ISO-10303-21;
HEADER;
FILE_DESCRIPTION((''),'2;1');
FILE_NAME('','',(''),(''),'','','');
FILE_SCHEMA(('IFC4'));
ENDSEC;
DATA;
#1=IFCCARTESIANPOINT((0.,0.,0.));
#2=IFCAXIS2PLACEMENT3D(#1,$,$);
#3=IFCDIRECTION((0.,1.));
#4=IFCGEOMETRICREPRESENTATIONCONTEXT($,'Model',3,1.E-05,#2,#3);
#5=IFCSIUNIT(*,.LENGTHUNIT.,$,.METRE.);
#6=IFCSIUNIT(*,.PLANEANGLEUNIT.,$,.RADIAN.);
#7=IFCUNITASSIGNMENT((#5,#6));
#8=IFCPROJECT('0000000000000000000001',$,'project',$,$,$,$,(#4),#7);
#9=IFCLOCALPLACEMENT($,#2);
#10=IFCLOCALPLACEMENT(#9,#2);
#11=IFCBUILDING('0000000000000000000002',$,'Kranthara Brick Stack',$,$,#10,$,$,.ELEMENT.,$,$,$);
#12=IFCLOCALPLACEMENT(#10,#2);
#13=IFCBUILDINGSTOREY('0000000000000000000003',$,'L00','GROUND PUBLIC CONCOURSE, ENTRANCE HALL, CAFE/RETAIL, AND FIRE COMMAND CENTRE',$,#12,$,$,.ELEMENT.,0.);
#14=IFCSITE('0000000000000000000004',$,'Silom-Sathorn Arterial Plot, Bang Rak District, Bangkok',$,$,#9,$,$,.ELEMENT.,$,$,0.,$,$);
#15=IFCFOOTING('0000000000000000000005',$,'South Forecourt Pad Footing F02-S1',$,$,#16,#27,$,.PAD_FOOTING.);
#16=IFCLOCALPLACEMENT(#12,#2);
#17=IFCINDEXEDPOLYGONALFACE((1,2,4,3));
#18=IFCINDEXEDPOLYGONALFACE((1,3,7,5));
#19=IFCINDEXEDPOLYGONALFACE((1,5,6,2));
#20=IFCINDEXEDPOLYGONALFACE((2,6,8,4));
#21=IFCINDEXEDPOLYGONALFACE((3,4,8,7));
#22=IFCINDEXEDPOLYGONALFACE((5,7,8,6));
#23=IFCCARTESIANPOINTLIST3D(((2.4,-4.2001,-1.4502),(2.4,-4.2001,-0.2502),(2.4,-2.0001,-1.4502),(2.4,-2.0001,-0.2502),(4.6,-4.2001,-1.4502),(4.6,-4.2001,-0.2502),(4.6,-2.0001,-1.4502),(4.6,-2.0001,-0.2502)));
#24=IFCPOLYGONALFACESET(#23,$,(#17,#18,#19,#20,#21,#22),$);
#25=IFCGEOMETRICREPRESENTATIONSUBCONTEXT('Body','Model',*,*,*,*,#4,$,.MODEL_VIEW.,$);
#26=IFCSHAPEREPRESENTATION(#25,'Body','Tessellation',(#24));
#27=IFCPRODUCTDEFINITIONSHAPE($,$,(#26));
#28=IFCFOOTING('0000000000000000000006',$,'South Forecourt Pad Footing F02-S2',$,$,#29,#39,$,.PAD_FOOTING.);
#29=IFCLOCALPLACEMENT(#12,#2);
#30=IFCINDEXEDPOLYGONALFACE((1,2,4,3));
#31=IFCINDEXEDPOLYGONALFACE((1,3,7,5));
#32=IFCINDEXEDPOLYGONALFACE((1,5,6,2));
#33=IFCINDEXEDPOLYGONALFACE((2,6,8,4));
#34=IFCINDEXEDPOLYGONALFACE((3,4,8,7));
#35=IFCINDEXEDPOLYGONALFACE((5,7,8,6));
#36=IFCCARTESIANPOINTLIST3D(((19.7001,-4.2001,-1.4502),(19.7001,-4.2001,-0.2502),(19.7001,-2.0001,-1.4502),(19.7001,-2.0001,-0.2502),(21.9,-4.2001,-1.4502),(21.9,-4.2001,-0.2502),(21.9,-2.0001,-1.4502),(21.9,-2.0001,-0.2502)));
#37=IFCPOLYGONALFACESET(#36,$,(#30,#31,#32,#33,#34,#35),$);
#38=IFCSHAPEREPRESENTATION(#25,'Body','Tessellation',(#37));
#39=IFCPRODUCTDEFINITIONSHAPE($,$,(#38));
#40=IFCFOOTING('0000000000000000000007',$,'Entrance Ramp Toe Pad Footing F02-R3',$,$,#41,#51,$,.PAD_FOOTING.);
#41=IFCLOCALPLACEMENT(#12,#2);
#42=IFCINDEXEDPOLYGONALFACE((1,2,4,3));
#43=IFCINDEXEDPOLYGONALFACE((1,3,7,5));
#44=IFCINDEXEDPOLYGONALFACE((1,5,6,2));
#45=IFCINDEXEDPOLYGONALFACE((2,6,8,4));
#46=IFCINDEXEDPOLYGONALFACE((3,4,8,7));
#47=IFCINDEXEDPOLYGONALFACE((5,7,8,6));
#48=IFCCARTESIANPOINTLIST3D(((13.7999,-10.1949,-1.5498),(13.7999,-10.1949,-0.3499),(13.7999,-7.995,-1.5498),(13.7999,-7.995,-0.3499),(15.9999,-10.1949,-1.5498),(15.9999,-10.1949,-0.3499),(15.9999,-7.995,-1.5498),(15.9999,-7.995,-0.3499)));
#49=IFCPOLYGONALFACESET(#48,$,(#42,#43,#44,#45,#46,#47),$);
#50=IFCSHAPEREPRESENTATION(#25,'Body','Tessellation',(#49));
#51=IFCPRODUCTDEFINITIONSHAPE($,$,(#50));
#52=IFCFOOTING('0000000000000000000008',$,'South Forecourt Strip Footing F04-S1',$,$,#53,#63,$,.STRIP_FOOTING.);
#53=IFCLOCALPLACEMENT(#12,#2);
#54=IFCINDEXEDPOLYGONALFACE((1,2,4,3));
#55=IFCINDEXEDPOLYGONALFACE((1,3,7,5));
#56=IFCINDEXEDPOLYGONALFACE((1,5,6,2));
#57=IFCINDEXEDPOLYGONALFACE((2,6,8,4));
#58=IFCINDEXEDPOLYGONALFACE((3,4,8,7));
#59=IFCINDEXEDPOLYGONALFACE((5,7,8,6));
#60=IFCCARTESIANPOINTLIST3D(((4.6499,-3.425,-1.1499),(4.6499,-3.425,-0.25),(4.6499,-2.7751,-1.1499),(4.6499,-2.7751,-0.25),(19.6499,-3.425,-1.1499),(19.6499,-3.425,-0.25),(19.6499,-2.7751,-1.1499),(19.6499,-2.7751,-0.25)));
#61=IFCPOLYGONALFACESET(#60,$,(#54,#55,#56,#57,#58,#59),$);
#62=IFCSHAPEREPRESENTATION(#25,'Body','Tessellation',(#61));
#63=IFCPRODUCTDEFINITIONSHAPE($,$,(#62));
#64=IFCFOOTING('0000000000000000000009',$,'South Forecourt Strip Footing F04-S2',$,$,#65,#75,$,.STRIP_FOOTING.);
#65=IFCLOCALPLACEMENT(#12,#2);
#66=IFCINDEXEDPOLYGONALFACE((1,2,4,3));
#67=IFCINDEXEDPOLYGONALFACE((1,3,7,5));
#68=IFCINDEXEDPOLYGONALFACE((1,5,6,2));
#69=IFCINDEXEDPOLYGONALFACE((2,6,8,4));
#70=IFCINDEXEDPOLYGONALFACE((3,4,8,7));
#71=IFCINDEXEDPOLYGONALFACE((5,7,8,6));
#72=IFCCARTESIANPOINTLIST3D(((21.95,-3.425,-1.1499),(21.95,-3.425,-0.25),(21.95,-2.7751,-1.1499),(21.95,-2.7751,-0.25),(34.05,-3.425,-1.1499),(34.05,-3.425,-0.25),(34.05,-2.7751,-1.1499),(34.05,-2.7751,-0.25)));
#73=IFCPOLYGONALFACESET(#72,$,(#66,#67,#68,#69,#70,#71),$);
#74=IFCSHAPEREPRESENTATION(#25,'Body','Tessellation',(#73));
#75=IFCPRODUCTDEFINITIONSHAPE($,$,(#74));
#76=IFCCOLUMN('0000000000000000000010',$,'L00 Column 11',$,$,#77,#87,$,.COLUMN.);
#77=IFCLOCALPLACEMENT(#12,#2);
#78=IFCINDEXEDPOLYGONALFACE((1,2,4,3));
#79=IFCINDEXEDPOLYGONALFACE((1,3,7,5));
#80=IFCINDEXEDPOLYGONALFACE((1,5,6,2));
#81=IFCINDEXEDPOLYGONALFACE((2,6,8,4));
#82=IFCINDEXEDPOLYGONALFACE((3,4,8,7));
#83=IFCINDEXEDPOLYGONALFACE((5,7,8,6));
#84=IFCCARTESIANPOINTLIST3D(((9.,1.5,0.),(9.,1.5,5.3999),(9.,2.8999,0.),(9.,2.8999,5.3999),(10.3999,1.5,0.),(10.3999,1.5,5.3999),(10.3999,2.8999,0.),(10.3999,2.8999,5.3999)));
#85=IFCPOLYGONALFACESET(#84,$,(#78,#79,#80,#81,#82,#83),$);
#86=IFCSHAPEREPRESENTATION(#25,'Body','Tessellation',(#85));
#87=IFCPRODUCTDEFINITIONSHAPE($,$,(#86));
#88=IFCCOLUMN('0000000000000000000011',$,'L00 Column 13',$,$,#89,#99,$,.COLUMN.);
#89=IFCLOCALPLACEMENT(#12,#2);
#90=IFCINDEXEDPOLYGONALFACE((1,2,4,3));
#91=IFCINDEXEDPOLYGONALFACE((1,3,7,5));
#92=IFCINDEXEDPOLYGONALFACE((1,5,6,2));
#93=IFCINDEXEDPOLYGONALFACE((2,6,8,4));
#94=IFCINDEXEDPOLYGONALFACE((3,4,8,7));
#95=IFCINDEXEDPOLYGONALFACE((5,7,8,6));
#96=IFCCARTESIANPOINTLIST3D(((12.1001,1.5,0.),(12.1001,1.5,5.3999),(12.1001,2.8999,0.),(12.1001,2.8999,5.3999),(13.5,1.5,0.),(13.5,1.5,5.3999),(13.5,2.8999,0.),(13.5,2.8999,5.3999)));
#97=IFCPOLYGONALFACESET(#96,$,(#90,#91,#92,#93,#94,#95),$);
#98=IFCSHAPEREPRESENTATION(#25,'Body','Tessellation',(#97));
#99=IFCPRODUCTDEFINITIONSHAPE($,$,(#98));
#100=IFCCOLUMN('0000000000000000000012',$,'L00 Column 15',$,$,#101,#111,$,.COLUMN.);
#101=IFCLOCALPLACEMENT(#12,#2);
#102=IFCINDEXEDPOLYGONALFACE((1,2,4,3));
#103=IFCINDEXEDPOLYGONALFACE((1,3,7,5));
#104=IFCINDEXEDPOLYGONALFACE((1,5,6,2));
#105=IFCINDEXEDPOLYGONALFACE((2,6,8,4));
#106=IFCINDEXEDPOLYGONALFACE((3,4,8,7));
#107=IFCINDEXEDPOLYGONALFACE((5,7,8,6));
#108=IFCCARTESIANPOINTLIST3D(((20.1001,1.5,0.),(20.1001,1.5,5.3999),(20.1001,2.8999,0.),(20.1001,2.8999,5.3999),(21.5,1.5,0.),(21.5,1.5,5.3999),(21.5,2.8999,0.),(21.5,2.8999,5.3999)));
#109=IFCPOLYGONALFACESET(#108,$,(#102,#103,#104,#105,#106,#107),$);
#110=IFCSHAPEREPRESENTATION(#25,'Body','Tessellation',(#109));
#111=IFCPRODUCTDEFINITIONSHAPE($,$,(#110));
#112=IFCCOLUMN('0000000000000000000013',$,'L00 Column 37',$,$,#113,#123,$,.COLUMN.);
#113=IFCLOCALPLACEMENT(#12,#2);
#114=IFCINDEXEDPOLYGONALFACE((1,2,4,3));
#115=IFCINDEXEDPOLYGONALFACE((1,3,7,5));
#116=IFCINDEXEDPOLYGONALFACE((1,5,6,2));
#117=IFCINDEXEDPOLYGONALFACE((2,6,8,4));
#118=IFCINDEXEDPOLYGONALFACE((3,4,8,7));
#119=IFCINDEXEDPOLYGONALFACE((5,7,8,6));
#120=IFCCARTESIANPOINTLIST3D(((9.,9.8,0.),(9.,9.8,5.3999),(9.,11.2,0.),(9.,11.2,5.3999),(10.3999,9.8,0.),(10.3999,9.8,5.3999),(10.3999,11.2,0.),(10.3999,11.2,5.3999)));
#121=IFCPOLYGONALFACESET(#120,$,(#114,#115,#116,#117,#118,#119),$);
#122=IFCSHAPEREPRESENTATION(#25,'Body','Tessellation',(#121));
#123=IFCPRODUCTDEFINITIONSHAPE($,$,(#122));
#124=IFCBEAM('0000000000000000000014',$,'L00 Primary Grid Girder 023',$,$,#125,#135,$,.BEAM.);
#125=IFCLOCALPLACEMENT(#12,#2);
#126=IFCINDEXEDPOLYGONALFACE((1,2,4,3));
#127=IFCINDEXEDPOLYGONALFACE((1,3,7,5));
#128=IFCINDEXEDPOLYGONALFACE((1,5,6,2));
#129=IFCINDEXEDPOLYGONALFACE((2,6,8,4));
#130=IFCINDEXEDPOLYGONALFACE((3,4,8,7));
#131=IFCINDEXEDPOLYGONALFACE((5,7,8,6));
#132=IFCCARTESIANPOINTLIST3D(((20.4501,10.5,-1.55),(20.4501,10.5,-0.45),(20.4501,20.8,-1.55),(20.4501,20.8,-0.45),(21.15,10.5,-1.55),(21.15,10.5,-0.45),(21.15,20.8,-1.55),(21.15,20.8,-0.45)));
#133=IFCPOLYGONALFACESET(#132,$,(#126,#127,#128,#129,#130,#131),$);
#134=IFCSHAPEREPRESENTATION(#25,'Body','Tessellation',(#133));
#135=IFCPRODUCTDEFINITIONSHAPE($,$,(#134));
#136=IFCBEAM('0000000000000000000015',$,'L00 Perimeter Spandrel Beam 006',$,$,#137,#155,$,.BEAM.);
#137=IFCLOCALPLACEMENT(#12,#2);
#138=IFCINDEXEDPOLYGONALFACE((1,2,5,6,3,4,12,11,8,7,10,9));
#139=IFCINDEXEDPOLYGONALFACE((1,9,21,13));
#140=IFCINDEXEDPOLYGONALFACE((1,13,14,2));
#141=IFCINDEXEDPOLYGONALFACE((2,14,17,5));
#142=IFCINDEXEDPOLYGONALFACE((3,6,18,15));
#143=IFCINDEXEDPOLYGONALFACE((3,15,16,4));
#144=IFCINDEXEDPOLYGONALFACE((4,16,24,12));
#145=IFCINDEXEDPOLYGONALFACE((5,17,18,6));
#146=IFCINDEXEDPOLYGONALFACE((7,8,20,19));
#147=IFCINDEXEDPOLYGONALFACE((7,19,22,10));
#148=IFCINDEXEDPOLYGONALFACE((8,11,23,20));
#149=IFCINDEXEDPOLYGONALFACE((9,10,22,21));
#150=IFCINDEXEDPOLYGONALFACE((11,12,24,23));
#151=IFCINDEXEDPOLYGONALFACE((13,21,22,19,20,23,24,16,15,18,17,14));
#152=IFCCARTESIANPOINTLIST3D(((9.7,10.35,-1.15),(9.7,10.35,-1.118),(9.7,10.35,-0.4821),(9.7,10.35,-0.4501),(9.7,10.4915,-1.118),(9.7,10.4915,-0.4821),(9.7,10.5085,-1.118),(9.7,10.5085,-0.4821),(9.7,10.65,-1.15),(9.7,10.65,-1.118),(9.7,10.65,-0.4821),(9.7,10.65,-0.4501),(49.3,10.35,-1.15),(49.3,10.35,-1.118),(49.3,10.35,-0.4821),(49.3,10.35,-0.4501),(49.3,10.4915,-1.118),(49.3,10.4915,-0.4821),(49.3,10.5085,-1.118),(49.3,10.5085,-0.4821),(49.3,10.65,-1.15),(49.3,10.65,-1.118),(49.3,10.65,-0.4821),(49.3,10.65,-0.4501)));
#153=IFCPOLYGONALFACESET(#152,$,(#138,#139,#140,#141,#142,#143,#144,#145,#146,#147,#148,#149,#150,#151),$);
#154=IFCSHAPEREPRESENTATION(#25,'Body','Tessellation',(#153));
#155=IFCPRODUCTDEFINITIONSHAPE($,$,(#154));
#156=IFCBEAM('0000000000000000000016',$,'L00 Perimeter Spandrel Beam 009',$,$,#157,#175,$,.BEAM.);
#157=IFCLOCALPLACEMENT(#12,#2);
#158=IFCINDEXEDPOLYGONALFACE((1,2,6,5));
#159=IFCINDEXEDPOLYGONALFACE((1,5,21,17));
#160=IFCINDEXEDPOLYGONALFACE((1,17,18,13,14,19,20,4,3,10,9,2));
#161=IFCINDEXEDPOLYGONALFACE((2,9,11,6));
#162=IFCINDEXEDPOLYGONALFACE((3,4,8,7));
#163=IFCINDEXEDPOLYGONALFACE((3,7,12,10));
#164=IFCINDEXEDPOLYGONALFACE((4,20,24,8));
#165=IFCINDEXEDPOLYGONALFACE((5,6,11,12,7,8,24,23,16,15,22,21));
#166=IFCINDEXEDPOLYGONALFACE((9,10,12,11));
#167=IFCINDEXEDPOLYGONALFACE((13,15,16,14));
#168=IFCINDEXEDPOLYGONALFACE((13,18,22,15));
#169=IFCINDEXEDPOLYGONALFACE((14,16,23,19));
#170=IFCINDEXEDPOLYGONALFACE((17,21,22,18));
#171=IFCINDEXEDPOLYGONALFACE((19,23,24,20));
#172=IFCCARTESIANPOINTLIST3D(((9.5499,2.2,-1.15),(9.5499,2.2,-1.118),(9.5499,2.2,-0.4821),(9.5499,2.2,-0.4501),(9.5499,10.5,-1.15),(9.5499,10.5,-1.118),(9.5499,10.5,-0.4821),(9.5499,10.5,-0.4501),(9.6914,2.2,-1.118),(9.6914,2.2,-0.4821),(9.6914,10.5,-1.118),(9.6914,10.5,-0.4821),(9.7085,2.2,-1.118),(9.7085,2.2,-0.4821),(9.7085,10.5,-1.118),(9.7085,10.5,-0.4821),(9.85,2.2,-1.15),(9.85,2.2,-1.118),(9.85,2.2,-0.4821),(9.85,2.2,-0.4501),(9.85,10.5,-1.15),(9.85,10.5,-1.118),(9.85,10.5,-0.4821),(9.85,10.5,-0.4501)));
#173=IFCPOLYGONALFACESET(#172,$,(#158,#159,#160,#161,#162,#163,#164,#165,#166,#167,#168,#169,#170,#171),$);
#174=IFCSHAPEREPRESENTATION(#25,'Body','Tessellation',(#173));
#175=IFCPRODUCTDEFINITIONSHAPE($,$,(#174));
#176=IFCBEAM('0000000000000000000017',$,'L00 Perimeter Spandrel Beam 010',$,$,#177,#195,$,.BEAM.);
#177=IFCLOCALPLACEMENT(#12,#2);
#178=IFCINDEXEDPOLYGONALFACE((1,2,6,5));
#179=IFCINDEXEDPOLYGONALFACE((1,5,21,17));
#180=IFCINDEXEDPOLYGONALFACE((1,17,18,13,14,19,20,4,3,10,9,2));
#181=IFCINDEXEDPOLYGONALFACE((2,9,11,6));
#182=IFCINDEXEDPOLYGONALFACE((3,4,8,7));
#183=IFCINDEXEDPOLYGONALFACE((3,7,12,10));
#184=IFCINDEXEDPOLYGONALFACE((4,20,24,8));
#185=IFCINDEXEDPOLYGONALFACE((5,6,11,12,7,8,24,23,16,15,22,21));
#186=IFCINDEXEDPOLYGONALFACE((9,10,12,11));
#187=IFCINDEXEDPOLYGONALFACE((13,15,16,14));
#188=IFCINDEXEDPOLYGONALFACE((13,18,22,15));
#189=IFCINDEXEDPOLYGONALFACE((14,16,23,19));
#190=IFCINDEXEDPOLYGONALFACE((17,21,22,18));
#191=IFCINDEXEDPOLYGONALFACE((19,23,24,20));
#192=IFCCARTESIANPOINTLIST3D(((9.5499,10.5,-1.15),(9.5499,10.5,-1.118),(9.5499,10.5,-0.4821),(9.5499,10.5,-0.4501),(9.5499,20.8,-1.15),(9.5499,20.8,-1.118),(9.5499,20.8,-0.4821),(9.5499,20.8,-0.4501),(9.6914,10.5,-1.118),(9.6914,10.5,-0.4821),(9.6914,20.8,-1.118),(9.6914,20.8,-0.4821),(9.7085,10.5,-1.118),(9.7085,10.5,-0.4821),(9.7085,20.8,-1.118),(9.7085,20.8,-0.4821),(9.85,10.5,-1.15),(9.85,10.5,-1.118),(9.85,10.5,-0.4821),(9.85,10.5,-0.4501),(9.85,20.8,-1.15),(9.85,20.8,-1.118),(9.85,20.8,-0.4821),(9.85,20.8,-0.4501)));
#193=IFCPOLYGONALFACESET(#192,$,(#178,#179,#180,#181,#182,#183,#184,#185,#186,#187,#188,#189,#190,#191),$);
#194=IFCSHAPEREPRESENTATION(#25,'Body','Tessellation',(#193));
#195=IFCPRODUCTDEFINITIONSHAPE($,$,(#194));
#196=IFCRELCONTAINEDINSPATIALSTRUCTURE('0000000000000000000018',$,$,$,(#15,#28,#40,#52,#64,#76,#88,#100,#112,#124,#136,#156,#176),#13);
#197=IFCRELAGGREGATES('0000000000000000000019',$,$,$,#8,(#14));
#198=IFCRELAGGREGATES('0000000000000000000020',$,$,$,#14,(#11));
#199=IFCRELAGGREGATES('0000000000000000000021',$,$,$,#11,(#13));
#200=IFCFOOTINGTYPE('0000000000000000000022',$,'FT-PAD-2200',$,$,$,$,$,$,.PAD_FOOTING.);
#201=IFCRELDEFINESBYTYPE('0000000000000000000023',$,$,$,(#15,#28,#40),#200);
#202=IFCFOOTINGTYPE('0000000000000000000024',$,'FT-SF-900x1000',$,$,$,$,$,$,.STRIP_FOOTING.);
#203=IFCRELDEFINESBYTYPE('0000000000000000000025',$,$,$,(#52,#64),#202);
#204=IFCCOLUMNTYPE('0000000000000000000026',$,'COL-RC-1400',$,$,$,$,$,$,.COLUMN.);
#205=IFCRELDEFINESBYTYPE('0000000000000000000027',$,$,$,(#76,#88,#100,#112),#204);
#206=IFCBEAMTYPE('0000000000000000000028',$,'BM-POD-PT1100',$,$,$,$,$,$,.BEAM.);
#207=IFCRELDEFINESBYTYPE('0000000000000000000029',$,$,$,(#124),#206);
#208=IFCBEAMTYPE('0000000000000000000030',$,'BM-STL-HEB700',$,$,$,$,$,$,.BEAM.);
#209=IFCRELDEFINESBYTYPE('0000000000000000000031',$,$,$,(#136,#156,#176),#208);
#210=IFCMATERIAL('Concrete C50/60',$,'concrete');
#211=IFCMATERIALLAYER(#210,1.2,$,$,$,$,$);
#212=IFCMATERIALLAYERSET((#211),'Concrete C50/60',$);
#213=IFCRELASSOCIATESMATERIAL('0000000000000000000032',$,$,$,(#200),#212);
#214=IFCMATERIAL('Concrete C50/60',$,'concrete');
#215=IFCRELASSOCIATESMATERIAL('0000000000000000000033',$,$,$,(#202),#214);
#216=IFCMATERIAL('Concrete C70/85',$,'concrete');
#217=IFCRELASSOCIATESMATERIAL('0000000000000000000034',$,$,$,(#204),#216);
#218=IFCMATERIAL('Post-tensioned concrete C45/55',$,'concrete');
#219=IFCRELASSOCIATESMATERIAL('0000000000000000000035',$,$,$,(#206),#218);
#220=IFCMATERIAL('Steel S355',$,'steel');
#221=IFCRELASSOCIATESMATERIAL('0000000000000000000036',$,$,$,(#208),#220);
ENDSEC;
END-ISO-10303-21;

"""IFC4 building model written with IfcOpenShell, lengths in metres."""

from ifc_helpers import new_model, si_unit, direction, frame, origin, origin_2d, place, context, subcontext, project, spatial, rectangle, i_section, extrude, material, layer, layer_set, material_profile, profile_set, type_object, element, save


model = new_model("IFC4")

# Units and contexts
model_context = context("Model", 3, precision=1e-05, world=origin(), true_north=direction((0.0, 1.0)))
body_context = subcontext(model_context, "Body", "Model", "MODEL_VIEW")
ifc_project = project(units=[si_unit("LENGTHUNIT", "METRE"), si_unit("PLANEANGLEUNIT", "RADIAN")], contexts=[model_context])

# Site, building, storey
site_placement = place(None, origin())
site = spatial("IfcSite", under=ifc_project, at=site_placement, Name="Silom-Sathorn Arterial Plot, Bang Rak District, Bangkok", CompositionType="ELEMENT", RefElevation=0.0)
building_placement = place(site_placement, origin())
building = spatial("IfcBuilding", under=site, at=building_placement, Name="Kranthara Brick Stack", CompositionType="ELEMENT")
storey_placement = place(building_placement, origin())
storey = spatial("IfcBuildingStorey", under=building, at=storey_placement, Name="L00", Description="GROUND PUBLIC CONCOURSE, ENTRANCE HALL, CAFE/RETAIL, AND FIRE COMMAND CENTRE", CompositionType="ELEMENT", Elevation=0.0)

# Footings
ifc_material_1 = material(Name="Concrete C50/60", Category="concrete")
ifc_layer_1 = layer(ifc_material_1, 1.2)
ifc_layer_set_1 = layer_set([ifc_layer_1], Name="Concrete C50/60")
footing_type_1 = type_object("IfcFootingType", Name="FT-PAD-2200", PredefinedType="PAD_FOOTING", material=ifc_layer_set_1)
for number, where, z_axis, x_axis, name in (
    (1, (3.5, -3.1001, -1.4502), (0.0, 0.0, 1.0), (1.0, 0.0, 0.0), "South Forecourt Pad Footing F02-S1"),
    (2, (20.8, -3.1001, -1.4502), (0.0, 0.0, 1.0), (1.0, 0.0, 0.0), "South Forecourt Pad Footing F02-S2"),
    (3, (14.8999, -9.095, -1.5498), (0.0, 0.0, 1.0), (1.0, 0.0, 0.0), "Entrance Ramp Toe Pad Footing F02-R3"),
):
    element("IfcFooting", number, at=place(storey_placement, frame(where, z_axis=z_axis, x_axis=x_axis)), inside=storey, type_object=footing_type_1, Name=name, PredefinedType="PAD_FOOTING", context=body_context, shape_type="SweptSolid", body=[
        extrude(rectangle(XDim=2.2, YDim=2.2, at=origin_2d()), origin(), (0.0, 0.0, 1.0), 1.2),
    ])
ifc_material_2 = material(Name="Concrete C50/60", Category="concrete")
ifc_material_profile_1 = material_profile(ifc_material_2, rectangle(XDim=0.6499, YDim=0.8999, at=origin_2d()), Name="RC 650x900")
ifc_profile_set_1 = profile_set([ifc_material_profile_1], Name="Concrete C50/60")
footing_type_2 = type_object("IfcFootingType", Name="FT-SF-900x1000", PredefinedType="STRIP_FOOTING", material=ifc_profile_set_1)
footing_1_placement = place(storey_placement, frame((4.6499, -3.1001, -0.7), z_axis=(1.0, 0.0, 0.0), x_axis=(0.0, 1.0, 0.0)))
element("IfcFooting", 4, at=footing_1_placement, inside=storey, type_object=footing_type_2, Name="South Forecourt Strip Footing F04-S1", PredefinedType="STRIP_FOOTING", context=body_context, shape_type="SweptSolid", body=[
    extrude(rectangle(XDim=0.6499, YDim=0.8999, at=origin_2d()), origin(), (0.0, 0.0, 1.0), 15.0),
])
footing_2_placement = place(storey_placement, frame((21.95, -3.1001, -0.7), z_axis=(1.0, 0.0, 0.0), x_axis=(0.0, 1.0, 0.0)))
element("IfcFooting", 5, at=footing_2_placement, inside=storey, type_object=footing_type_2, Name="South Forecourt Strip Footing F04-S2", PredefinedType="STRIP_FOOTING", context=body_context, shape_type="SweptSolid", body=[
    extrude(rectangle(XDim=0.6499, YDim=0.8999, at=origin_2d()), origin(), (0.0, 0.0, 1.0), 12.1001),
])

# Columns
ifc_material_3 = material(Name="Concrete C70/85", Category="concrete")
ifc_material_profile_2 = material_profile(ifc_material_3, rectangle(XDim=1.3999, YDim=1.3999, at=origin_2d()), Name="RC 1400x1400")
ifc_profile_set_2 = profile_set([ifc_material_profile_2], Name="Concrete C70/85")
column_type = type_object("IfcColumnType", Name="COL-RC-1400", PredefinedType="COLUMN", material=ifc_profile_set_2)
for number, where, z_axis, x_axis, name in (
    (6, (9.7, 2.2, 0.0), (0.0, 0.0, 1.0), (1.0, 0.0, 0.0), "L00 Column 11"),
    (7, (12.8, 2.2, 0.0), (0.0, 0.0, 1.0), (1.0, 0.0, 0.0), "L00 Column 13"),
    (8, (20.8, 2.2, 0.0), (0.0, 0.0, 1.0), (1.0, 0.0, 0.0), "L00 Column 15"),
    (9, (9.7, 10.5, 0.0), (0.0, 0.0, 1.0), (1.0, 0.0, 0.0), "L00 Column 37"),
):
    element("IfcColumn", number, at=place(storey_placement, frame(where, z_axis=z_axis, x_axis=x_axis)), inside=storey, type_object=column_type, Name=name, PredefinedType="COLUMN", context=body_context, shape_type="SweptSolid", body=[
        extrude(rectangle(XDim=1.3999, YDim=1.3999, at=origin_2d()), origin(), (0.0, 0.0, 1.0), 5.3999),
    ])

# Beams
ifc_material_4 = material(Name="Post-tensioned concrete C45/55", Category="concrete")
ifc_material_profile_3 = material_profile(ifc_material_4, rectangle(XDim=0.7, YDim=1.1001, at=origin_2d()), Name="PT 700x1100")
ifc_profile_set_3 = profile_set([ifc_material_profile_3], Name="Post-tensioned concrete C45/55")
beam_type_1 = type_object("IfcBeamType", Name="BM-POD-PT1100", PredefinedType="BEAM", material=ifc_profile_set_3)
beam_1_placement = place(storey_placement, frame((20.8, 10.5, -1.0), z_axis=(0.0, 1.0, 0.0), x_axis=(-1.0, 0.0, 0.0)))
element("IfcBeam", 10, at=beam_1_placement, inside=storey, type_object=beam_type_1, Name="L00 Primary Grid Girder 023", PredefinedType="BEAM", context=body_context, shape_type="SweptSolid", body=[
    extrude(rectangle(XDim=0.7, YDim=1.1001, at=origin_2d()), origin(), (0.0, 0.0, 1.0), 10.3),
])
ifc_material_5 = material(Name="Steel S355", Category="steel")
ifc_material_profile_4 = material_profile(ifc_material_5, i_section(OverallWidth=0.3, OverallDepth=0.7, WebThickness=0.0171, FlangeThickness=0.032, at=origin_2d()), Name="HEB 700")
ifc_profile_set_4 = profile_set([ifc_material_profile_4], Name="Steel S355")
beam_type_2 = type_object("IfcBeamType", Name="BM-STL-HEB700", PredefinedType="BEAM", material=ifc_profile_set_4)
beam_2_placement = place(storey_placement, frame((9.7, 10.5, -0.8), z_axis=(1.0, 0.0, 0.0), x_axis=(0.0, 1.0, 0.0)))
element("IfcBeam", 11, at=beam_2_placement, inside=storey, type_object=beam_type_2, Name="L00 Perimeter Spandrel Beam 006", PredefinedType="BEAM", context=body_context, shape_type="SweptSolid", body=[
    extrude(i_section(OverallWidth=0.3, OverallDepth=0.7, WebThickness=0.0171, FlangeThickness=0.032, at=origin_2d()), origin(), (0.0, 0.0, 1.0), 39.6001),
])
beam_3_placement = place(storey_placement, frame((9.7, 2.2, -0.8), z_axis=(0.0, 1.0, 0.0), x_axis=(-1.0, 0.0, 0.0)))
element("IfcBeam", 12, at=beam_3_placement, inside=storey, type_object=beam_type_2, Name="L00 Perimeter Spandrel Beam 009", PredefinedType="BEAM", context=body_context, shape_type="SweptSolid", body=[
    extrude(i_section(OverallWidth=0.3, OverallDepth=0.7, WebThickness=0.0171, FlangeThickness=0.032, at=origin_2d()), origin(), (0.0, 0.0, 1.0), 8.3),
])
beam_4_placement = place(storey_placement, frame((9.7, 10.5, -0.8), z_axis=(0.0, 1.0, 0.0), x_axis=(-1.0, 0.0, 0.0)))
element("IfcBeam", 13, at=beam_4_placement, inside=storey, type_object=beam_type_2, Name="L00 Perimeter Spandrel Beam 010", PredefinedType="BEAM", context=body_context, shape_type="SweptSolid", body=[
    extrude(i_section(OverallWidth=0.3, OverallDepth=0.7, WebThickness=0.0171, FlangeThickness=0.032, at=origin_2d()), origin(), (0.0, 0.0, 1.0), 10.3),
])

save(model, "model.ifc")
